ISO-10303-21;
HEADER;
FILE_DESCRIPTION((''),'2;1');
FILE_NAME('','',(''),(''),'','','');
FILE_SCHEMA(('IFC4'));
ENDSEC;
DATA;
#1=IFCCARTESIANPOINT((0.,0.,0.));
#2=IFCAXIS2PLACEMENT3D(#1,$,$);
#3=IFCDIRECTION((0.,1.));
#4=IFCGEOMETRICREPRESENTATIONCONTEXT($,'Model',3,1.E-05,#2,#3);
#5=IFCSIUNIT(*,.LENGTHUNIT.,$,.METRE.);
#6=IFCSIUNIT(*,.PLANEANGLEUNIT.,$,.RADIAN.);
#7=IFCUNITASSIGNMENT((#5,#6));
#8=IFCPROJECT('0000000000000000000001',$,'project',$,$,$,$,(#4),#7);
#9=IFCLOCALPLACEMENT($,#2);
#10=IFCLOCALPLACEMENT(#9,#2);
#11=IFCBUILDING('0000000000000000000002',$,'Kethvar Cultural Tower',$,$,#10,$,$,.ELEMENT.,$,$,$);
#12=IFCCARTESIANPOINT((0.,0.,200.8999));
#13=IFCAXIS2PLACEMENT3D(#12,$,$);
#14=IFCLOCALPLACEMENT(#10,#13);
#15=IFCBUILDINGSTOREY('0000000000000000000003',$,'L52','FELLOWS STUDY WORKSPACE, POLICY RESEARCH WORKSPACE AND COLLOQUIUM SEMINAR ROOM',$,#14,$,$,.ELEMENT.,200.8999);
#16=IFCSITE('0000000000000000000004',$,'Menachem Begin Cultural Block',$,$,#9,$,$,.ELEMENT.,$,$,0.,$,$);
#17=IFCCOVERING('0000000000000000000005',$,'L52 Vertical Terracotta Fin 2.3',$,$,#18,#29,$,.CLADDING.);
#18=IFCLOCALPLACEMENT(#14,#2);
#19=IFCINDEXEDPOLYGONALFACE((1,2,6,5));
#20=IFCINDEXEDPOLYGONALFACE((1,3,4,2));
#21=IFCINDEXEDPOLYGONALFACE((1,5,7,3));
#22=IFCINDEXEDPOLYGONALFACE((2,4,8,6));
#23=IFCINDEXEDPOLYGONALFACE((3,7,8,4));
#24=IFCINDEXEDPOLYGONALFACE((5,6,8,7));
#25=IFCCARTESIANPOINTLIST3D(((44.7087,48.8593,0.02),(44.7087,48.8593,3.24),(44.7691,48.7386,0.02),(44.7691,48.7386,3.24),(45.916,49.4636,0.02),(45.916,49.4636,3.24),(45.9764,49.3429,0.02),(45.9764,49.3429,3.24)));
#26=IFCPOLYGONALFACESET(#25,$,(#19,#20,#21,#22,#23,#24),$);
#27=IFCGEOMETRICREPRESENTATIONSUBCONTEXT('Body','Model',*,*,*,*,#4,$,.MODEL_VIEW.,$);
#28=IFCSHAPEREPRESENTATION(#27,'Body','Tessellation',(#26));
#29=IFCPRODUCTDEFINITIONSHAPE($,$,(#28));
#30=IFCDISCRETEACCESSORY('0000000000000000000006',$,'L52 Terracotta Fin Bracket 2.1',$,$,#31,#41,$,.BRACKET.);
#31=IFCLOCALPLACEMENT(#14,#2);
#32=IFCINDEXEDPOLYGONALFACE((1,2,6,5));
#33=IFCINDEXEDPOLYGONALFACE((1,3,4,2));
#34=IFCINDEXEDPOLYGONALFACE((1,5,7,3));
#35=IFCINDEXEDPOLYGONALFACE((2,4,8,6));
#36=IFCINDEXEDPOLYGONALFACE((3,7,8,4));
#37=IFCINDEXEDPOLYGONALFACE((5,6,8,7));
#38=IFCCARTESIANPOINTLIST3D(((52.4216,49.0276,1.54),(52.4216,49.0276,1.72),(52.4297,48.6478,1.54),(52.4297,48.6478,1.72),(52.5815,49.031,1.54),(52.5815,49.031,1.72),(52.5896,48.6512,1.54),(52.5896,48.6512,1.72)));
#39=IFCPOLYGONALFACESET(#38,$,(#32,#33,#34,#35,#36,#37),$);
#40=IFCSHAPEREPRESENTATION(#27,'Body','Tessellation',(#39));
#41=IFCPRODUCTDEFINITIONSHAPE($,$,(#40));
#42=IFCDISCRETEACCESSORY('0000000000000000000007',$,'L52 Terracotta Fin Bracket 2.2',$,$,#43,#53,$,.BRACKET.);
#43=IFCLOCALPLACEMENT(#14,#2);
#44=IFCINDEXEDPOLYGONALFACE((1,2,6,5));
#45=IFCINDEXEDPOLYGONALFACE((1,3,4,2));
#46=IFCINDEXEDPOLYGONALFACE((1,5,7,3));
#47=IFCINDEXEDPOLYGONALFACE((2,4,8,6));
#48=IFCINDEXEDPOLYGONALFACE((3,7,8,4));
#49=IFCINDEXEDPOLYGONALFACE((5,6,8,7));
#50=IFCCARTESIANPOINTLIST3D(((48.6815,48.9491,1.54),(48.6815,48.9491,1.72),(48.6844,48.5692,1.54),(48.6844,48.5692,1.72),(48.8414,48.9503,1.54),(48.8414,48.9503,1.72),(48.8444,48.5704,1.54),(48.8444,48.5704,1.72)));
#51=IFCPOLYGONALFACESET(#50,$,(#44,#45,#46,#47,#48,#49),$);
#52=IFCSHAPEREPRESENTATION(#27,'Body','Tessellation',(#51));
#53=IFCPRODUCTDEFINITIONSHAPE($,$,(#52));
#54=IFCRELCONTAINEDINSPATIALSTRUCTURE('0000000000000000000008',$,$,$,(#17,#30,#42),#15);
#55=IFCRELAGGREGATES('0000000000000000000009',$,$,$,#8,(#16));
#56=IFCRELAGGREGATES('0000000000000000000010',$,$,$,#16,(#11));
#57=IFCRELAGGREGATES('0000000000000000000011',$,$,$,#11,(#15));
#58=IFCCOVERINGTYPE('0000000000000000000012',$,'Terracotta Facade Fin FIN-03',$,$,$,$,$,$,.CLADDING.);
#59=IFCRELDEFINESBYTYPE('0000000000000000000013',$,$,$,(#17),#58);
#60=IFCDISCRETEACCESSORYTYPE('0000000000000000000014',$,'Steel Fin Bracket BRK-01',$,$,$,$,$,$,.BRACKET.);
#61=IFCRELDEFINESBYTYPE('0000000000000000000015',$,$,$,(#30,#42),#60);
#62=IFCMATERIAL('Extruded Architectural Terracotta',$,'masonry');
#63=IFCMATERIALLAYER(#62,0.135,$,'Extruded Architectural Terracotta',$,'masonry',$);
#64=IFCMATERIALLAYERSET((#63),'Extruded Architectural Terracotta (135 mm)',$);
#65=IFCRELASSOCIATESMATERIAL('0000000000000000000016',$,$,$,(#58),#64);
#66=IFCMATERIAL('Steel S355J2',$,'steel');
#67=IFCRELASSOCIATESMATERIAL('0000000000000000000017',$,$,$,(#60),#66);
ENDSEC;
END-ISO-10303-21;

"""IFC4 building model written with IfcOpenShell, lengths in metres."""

from ifc_helpers import new_model, si_unit, direction, frame, origin, origin_2d, place, context, subcontext, project, spatial, rectangle, extrude, source, transform, mapped, material, layer, layer_set, type_object, element, save


model = new_model("IFC4")

# Units and contexts
model_context = context("Model", 3, precision=1e-05, world=origin(), true_north=direction((0.0, 1.0)))
body_context = subcontext(model_context, "Body", "Model", "MODEL_VIEW")
ifc_project = project(units=[si_unit("LENGTHUNIT", "METRE"), si_unit("PLANEANGLEUNIT", "RADIAN")], contexts=[model_context])

# Site, building, storey
site_placement = place(None, origin())
site = spatial("IfcSite", under=ifc_project, at=site_placement, Name="Menachem Begin Cultural Block", CompositionType="ELEMENT", RefElevation=0.0)
building_placement = place(site_placement, origin())
building = spatial("IfcBuilding", under=site, at=building_placement, Name="Kethvar Cultural Tower", CompositionType="ELEMENT")
storey_placement = place(building_placement, frame((0.0, 0.0, 200.8999)))
storey = spatial("IfcBuildingStorey", under=building, at=storey_placement, Name="L52", Description="FELLOWS STUDY WORKSPACE, POLICY RESEARCH WORKSPACE AND COLLOQUIUM SEMINAR ROOM", CompositionType="ELEMENT", Elevation=200.8999)

# Shared definitions
ifc_material_1 = material(Name="Steel S355J2", Category="steel")

# Covering
ifc_material_2 = material(Name="Extruded Architectural Terracotta", Category="masonry")
ifc_layer_1 = layer(ifc_material_2, 0.135, Name="Extruded Architectural Terracotta", Category="masonry")
ifc_layer_set_1 = layer_set([ifc_layer_1], Name="Extruded Architectural Terracotta (135 mm)")
covering_type_1 = type_object("IfcCoveringType", Name="Terracotta Facade Fin FIN-03", PredefinedType="CLADDING", material=ifc_layer_set_1)
shared_shape_1 = source(origin(), body_context, "Body", "SweptSolid", [
    extrude(rectangle(XDim=1.3501, YDim=0.135, at=origin_2d()), origin(), (0.0, 0.0, 1.0), 3.22),
])
for number, where, z_axis, x_axis, name in (
    (1, (45.3425, 49.1011, 0.02), (0.0, 0.0, 1.0), (0.894232, 0.447603, 0.0), "L52 Vertical Terracotta Fin 2.3"),
):
    element("IfcCovering", number, at=place(storey_placement, frame(where, z_axis=z_axis, x_axis=x_axis)), inside=storey, type_object=covering_type_1, Name=name, PredefinedType="CLADDING", context=body_context, shape_type="MappedRepresentation", body=[
        mapped(shared_shape_1, transform((0.0, 0.0, 0.0), scale=1.0)),
    ])

# Discrete accessories
discrete_accessory_type = type_object("IfcDiscreteAccessoryType", Name="Steel Fin Bracket BRK-01", PredefinedType="BRACKET", material=ifc_material_1)
shared_shape_2 = source(origin(), body_context, "Body", "SweptSolid", [
    extrude(rectangle(XDim=0.3799, YDim=0.1599, at=origin_2d()), origin(), (0.0, 0.0, 1.0), 0.1799),
])
for number, where, z_axis, x_axis, name in (
    (2, (52.5056, 48.8394, 1.54), (0.0, 0.0, 1.0), (-0.021291, 0.999773, 0.0), "L52 Terracotta Fin Bracket 2.1"),
    (3, (48.7629, 48.7598, 1.54), (0.0, 0.0, 1.0), (-0.007679, 0.999971, 0.0), "L52 Terracotta Fin Bracket 2.2"),
):
    element("IfcDiscreteAccessory", number, at=place(storey_placement, frame(where, z_axis=z_axis, x_axis=x_axis)), inside=storey, type_object=discrete_accessory_type, Name=name, PredefinedType="BRACKET", context=body_context, shape_type="MappedRepresentation", body=[
        mapped(shared_shape_2, transform((0.0, 0.0, 0.0), scale=1.0)),
    ])

save(model, "model.ifc")
